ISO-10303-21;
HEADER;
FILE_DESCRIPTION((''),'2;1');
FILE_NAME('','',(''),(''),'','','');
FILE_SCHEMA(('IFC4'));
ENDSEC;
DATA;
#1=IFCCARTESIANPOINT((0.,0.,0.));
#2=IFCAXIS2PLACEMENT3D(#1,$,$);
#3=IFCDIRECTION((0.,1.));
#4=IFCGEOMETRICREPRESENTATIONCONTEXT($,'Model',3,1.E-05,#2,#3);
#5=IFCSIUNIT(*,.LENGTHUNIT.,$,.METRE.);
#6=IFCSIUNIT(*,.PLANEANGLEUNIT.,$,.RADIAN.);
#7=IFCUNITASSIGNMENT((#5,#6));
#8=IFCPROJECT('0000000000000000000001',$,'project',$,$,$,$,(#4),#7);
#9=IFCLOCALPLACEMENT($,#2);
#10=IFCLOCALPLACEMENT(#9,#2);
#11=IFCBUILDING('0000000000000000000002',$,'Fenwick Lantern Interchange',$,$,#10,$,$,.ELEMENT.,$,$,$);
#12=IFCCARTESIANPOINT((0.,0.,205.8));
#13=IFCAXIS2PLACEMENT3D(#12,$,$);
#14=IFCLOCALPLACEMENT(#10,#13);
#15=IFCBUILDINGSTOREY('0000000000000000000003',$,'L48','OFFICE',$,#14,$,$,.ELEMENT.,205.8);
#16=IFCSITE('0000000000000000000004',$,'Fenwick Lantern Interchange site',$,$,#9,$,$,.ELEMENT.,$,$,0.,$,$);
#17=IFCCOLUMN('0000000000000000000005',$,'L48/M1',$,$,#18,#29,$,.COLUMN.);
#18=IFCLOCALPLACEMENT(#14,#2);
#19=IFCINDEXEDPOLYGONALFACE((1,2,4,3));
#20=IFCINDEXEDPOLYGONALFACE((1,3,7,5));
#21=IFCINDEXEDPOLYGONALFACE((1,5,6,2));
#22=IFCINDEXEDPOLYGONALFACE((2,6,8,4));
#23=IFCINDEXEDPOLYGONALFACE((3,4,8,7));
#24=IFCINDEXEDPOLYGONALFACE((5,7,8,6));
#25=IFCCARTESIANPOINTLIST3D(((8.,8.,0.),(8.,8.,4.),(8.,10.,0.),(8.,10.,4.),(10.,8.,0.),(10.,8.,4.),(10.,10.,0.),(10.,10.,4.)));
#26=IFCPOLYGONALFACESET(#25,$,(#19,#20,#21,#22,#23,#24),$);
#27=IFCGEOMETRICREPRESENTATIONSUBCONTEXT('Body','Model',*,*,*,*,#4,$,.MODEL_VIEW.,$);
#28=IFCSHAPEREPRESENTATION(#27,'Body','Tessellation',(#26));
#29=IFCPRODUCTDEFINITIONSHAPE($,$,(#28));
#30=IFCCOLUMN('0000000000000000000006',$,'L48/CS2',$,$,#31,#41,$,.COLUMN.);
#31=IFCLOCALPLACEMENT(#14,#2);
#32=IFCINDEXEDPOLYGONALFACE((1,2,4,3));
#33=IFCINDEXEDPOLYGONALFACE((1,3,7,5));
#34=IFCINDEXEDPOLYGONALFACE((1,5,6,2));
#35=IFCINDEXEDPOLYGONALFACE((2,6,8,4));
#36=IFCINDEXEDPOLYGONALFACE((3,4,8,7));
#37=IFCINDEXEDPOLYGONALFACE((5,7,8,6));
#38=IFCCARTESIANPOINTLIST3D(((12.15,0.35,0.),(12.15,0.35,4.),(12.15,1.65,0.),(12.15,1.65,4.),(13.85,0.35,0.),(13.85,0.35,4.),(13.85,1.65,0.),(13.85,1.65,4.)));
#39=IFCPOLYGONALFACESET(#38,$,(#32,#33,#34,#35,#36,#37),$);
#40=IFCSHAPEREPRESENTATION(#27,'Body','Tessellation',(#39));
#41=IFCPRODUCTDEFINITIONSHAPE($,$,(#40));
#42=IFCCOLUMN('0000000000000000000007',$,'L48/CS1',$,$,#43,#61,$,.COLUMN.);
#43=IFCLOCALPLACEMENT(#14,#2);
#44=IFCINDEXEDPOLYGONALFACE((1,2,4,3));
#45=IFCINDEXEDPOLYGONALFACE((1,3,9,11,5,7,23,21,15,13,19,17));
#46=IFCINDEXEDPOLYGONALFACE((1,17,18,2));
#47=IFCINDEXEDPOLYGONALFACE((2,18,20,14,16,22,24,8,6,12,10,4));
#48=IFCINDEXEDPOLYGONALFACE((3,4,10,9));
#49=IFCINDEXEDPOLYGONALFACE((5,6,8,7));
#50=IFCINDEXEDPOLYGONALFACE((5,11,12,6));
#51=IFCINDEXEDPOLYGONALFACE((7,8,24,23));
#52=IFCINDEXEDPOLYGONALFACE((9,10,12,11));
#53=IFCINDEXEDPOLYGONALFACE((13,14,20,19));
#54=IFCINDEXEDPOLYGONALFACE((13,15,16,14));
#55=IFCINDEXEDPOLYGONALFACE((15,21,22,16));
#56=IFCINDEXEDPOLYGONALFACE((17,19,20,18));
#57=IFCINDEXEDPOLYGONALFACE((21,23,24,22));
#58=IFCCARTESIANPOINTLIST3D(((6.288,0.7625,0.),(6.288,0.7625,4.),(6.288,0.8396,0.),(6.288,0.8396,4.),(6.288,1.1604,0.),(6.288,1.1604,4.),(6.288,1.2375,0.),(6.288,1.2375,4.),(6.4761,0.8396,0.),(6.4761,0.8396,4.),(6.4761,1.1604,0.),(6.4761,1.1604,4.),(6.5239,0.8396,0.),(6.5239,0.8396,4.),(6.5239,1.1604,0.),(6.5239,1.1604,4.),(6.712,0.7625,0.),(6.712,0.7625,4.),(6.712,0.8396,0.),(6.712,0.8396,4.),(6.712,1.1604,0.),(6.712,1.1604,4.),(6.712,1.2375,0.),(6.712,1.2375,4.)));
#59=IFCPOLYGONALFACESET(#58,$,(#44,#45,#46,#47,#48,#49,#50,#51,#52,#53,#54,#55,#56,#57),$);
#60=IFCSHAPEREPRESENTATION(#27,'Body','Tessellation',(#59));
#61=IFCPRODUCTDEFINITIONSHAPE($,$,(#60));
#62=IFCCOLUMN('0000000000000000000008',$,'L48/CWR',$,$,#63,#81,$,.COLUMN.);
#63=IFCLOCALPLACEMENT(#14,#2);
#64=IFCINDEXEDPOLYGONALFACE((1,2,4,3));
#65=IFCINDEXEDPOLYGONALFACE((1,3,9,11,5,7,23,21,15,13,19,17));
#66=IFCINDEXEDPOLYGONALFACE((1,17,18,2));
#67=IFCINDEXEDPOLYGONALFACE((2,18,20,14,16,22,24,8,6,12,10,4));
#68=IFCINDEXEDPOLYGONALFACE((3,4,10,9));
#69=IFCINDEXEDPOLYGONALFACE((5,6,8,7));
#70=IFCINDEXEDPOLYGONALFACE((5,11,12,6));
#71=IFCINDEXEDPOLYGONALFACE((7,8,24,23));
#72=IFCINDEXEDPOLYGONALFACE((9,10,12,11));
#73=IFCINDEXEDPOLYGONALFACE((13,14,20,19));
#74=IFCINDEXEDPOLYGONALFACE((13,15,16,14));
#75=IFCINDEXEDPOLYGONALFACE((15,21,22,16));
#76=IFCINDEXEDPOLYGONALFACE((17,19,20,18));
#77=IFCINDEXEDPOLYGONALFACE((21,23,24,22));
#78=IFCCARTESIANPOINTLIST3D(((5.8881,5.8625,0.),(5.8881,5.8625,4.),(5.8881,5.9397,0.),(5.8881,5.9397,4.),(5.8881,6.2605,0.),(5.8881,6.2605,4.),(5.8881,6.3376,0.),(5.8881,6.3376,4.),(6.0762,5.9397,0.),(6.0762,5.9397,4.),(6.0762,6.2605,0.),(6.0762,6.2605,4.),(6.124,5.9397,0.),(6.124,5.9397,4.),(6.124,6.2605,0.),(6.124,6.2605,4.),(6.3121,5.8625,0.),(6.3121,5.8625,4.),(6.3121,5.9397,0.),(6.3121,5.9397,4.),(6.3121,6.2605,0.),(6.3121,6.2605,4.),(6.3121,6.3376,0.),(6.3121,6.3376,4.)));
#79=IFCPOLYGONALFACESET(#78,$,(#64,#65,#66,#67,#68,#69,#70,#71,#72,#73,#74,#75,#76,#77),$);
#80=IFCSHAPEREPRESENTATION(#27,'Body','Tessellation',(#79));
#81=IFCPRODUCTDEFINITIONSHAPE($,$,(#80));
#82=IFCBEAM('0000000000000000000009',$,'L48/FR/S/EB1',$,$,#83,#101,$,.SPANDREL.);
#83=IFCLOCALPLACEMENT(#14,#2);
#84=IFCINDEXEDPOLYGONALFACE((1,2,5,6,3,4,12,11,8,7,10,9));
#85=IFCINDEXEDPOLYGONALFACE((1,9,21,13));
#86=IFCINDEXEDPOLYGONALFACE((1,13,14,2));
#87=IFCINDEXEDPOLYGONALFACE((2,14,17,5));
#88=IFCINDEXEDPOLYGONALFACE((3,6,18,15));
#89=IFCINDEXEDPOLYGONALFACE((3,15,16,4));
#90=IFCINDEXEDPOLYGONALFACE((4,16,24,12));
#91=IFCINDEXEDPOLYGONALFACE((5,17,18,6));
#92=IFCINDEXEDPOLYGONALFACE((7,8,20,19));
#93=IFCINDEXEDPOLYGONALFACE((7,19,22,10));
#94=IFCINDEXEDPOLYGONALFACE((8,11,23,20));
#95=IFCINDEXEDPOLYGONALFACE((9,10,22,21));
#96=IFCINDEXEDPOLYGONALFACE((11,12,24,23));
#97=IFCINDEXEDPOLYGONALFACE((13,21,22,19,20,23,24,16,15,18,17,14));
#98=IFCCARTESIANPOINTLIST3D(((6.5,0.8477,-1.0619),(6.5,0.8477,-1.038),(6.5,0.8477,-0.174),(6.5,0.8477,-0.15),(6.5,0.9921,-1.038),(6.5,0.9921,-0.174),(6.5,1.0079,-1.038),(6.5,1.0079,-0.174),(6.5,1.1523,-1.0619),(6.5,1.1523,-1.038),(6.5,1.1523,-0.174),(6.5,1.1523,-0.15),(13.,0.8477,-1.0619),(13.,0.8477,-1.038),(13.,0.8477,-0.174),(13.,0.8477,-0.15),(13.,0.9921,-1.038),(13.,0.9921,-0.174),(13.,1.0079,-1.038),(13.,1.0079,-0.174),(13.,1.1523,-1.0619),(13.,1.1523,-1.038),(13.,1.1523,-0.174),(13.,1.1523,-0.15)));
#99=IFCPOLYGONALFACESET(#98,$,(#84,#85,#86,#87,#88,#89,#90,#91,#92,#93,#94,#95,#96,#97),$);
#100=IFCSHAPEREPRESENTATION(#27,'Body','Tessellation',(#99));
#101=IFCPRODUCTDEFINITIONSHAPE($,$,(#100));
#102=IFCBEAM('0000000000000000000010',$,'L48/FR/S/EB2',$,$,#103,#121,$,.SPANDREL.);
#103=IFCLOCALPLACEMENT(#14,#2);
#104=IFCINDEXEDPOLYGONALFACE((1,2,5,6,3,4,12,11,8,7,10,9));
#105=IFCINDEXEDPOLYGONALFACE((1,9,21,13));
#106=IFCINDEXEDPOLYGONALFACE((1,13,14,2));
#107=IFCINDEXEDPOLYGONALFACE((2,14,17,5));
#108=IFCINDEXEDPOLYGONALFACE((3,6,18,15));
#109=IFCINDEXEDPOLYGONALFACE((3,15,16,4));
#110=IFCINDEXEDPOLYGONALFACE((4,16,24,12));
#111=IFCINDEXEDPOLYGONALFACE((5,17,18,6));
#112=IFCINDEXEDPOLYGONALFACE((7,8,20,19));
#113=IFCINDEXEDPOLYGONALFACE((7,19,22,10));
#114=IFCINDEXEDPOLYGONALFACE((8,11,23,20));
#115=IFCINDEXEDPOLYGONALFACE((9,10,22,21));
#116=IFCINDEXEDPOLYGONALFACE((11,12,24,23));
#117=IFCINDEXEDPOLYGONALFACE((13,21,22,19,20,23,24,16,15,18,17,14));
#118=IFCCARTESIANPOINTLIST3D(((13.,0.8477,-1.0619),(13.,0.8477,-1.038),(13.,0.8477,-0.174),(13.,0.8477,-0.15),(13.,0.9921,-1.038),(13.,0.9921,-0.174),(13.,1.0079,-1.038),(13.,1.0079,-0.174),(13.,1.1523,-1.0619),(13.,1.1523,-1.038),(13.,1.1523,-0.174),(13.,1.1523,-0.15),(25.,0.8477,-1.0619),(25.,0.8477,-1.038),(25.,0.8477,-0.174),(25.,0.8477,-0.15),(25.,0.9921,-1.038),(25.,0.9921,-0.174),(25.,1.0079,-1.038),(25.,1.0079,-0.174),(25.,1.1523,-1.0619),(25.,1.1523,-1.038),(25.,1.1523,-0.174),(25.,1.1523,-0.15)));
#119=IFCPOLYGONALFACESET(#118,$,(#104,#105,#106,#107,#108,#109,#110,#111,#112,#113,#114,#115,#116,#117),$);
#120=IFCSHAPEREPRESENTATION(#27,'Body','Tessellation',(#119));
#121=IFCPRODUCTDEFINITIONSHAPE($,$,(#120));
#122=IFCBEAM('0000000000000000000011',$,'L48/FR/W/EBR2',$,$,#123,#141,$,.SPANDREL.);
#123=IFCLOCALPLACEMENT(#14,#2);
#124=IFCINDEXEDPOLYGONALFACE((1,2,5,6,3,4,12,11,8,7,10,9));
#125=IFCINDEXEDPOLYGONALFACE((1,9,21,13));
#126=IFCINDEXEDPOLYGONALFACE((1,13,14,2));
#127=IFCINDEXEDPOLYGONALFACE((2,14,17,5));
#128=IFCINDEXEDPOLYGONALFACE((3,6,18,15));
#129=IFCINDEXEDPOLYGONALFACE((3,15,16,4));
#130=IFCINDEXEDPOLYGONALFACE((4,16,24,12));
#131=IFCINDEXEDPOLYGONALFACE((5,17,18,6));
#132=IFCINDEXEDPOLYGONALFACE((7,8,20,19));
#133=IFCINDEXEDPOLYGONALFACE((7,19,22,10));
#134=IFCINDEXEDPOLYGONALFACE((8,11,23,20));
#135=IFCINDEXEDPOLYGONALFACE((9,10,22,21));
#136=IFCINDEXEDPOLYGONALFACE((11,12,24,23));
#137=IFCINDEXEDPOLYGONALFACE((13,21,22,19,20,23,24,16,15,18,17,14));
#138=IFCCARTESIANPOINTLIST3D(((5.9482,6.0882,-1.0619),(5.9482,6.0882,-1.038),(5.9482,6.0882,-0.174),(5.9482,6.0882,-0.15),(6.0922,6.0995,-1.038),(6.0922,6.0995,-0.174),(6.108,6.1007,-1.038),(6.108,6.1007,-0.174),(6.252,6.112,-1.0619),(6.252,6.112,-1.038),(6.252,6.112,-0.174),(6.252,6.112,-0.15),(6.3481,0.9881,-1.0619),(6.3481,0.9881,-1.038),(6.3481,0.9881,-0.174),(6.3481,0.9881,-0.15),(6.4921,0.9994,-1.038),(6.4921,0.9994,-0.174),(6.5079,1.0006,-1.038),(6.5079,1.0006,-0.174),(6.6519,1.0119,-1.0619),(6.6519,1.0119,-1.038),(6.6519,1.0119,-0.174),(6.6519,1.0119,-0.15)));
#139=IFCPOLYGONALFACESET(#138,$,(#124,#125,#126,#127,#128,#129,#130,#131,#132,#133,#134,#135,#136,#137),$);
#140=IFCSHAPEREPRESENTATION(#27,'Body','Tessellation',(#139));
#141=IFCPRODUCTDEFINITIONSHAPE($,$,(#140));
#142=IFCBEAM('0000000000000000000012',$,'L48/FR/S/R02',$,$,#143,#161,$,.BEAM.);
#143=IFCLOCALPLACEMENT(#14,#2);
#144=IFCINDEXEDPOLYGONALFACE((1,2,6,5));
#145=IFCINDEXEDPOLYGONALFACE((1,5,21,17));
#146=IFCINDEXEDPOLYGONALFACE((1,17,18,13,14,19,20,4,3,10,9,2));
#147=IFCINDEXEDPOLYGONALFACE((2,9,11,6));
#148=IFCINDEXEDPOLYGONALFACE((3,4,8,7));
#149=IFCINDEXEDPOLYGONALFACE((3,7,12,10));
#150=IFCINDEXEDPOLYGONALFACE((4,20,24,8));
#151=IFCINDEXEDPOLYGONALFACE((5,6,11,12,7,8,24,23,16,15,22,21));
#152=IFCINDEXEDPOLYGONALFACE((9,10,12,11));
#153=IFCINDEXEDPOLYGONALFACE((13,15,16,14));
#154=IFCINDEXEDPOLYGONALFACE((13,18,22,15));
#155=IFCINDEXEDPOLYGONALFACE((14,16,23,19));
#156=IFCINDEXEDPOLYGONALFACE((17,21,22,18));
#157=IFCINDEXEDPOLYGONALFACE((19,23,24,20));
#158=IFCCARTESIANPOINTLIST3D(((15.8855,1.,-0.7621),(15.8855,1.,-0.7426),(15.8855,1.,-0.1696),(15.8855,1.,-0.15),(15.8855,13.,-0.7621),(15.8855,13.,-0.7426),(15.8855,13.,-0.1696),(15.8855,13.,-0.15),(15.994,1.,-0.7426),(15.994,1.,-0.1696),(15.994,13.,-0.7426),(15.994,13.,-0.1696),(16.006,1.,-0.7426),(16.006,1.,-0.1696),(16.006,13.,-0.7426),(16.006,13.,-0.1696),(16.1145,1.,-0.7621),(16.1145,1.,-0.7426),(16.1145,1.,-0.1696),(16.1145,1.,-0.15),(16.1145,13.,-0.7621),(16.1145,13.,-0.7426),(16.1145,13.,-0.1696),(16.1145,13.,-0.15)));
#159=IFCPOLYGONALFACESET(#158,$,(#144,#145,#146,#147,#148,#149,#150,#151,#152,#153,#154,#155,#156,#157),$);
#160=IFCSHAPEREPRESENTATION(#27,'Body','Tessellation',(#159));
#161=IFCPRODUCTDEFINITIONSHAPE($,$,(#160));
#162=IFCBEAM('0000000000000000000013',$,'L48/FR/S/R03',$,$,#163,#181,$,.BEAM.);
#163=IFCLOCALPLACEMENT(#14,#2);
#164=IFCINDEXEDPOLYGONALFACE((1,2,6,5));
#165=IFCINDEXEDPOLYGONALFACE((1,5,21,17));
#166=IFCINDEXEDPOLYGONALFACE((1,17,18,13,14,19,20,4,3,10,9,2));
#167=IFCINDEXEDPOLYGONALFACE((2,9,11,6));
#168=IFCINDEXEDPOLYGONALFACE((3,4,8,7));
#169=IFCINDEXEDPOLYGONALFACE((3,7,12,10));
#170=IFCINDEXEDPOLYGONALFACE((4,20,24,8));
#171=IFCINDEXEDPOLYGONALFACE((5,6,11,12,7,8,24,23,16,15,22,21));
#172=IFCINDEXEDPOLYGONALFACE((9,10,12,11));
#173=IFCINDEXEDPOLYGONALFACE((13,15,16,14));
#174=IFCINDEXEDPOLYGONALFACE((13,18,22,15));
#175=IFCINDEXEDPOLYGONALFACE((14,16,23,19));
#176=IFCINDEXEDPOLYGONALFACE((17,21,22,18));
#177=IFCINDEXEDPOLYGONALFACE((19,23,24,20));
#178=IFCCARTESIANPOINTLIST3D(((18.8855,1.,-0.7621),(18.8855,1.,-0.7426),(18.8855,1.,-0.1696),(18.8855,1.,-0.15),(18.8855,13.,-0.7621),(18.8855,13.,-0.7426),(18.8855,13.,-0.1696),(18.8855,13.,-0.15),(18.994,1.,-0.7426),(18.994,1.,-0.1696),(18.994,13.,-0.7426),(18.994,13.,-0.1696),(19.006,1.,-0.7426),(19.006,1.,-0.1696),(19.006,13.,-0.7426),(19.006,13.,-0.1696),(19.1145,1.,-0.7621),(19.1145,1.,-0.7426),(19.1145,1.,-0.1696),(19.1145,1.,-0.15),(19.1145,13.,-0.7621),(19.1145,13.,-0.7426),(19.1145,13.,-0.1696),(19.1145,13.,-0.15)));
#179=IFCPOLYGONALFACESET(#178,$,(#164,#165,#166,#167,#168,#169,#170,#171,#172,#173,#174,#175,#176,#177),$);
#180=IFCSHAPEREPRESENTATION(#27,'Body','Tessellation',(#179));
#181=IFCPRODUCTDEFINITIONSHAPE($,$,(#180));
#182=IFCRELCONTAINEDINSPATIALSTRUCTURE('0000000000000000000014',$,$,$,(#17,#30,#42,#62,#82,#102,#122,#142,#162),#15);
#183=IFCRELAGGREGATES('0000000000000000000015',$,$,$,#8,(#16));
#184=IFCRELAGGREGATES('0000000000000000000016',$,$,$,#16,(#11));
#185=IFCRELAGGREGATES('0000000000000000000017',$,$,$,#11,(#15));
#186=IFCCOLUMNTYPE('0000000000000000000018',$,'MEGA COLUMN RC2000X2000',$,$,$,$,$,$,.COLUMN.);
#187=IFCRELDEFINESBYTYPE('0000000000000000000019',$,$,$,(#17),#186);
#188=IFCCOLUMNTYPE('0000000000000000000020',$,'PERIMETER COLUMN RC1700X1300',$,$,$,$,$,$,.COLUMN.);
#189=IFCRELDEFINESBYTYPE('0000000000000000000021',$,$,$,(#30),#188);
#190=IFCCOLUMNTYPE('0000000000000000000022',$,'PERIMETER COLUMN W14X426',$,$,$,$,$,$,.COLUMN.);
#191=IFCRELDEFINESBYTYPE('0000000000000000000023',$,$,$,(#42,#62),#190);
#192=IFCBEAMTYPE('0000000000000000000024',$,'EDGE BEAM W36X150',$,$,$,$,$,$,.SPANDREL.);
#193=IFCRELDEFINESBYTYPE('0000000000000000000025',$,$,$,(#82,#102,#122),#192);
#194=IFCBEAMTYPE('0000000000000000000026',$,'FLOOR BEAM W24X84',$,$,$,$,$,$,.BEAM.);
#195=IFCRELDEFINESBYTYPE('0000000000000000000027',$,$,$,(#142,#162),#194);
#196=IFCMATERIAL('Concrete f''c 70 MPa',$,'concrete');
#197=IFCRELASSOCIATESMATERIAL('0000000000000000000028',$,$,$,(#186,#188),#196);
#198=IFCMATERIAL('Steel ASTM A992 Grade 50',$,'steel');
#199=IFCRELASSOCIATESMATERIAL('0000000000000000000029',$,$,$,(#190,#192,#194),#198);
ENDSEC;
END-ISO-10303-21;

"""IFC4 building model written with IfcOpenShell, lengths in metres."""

from ifc_helpers import new_model, si_unit, direction, frame, origin, origin_2d, place, context, subcontext, project, spatial, rectangle, i_section, extrude, material, material_profile, profile_set, type_object, element, save


model = new_model("IFC4")

# Units and contexts
model_context = context("Model", 3, precision=1e-05, world=origin(), true_north=direction((0.0, 1.0)))
body_context = subcontext(model_context, "Body", "Model", "MODEL_VIEW")
ifc_project = project(units=[si_unit("LENGTHUNIT", "METRE"), si_unit("PLANEANGLEUNIT", "RADIAN")], contexts=[model_context])

# Site, building, storey
site_placement = place(None, origin())
site = spatial("IfcSite", under=ifc_project, at=site_placement, Name="Fenwick Lantern Interchange site", CompositionType="ELEMENT", RefElevation=0.0)
building_placement = place(site_placement, origin())
building = spatial("IfcBuilding", under=site, at=building_placement, Name="Fenwick Lantern Interchange", CompositionType="ELEMENT")
storey_placement = place(building_placement, frame((0.0, 0.0, 205.8)))
storey = spatial("IfcBuildingStorey", under=building, at=storey_placement, Name="L48", Description="OFFICE", CompositionType="ELEMENT", Elevation=205.8)

# Columns
ifc_material_1 = material(Name="Concrete f'c 70 MPa", Category="concrete")
ifc_material_profile_1 = material_profile(ifc_material_1, rectangle(XDim=2.0, YDim=2.0, at=origin_2d()), Name="RC2000X2000")
ifc_profile_set_1 = profile_set([ifc_material_profile_1], Name="Concrete f'c 70 MPa")
column_type_1 = type_object("IfcColumnType", Name="MEGA COLUMN RC2000X2000", PredefinedType="COLUMN", material=ifc_profile_set_1)
column_1_placement = place(storey_placement, frame((9.0, 9.0, 0.0), z_axis=(0.0, 0.0, 1.0), x_axis=(1.0, 0.0, 0.0)))
element("IfcColumn", 1, at=column_1_placement, inside=storey, type_object=column_type_1, Name="L48/M1", PredefinedType="COLUMN", context=body_context, shape_type="SweptSolid", body=[
    extrude(rectangle(XDim=2.0, YDim=2.0, at=origin_2d()), origin(), (0.0, 0.0, 1.0), 4.0),
])
ifc_material_profile_2 = material_profile(ifc_material_1, rectangle(XDim=1.7, YDim=1.3, at=origin_2d()), Name="RC1700X1300")
ifc_profile_set_2 = profile_set([ifc_material_profile_2], Name="Concrete f'c 70 MPa")
column_type_2 = type_object("IfcColumnType", Name="PERIMETER COLUMN RC1700X1300", PredefinedType="COLUMN", material=ifc_profile_set_2)
column_2_placement = place(storey_placement, frame((13.0, 1.0, 0.0), z_axis=(0.0, 0.0, 1.0), x_axis=(1.0, 0.0, 0.0)))
element("IfcColumn", 2, at=column_2_placement, inside=storey, type_object=column_type_2, Name="L48/CS2", PredefinedType="COLUMN", context=body_context, shape_type="SweptSolid", body=[
    extrude(rectangle(XDim=1.7, YDim=1.3, at=origin_2d()), origin(), (0.0, 0.0, 1.0), 4.0),
])
ifc_material_2 = material(Name="Steel ASTM A992 Grade 50", Category="steel")
ifc_material_profile_3 = material_profile(ifc_material_2, i_section(OverallWidth=0.4241, OverallDepth=0.4751, WebThickness=0.0479, FlangeThickness=0.0771, at=origin_2d()), Name="W14X426")
ifc_profile_set_3 = profile_set([ifc_material_profile_3], Name="Steel ASTM A992 Grade 50")
column_type_3 = type_object("IfcColumnType", Name="PERIMETER COLUMN W14X426", PredefinedType="COLUMN", material=ifc_profile_set_3)
for number, where, z_axis, x_axis, name in (
    (3, (6.5, 1.0, 0.0), (0.0, 0.0, 1.0), (1.0, 0.0, 0.0), "L48/CS1"),
    (4, (6.1001, 6.1001, 0.0), (0.0, 0.0, 1.0), (1.0, 0.0, 0.0), "L48/CWR"),
):
    element("IfcColumn", number, at=place(storey_placement, frame(where, z_axis=z_axis, x_axis=x_axis)), inside=storey, type_object=column_type_3, Name=name, PredefinedType="COLUMN", context=body_context, shape_type="SweptSolid", body=[
        extrude(i_section(OverallWidth=0.4241, OverallDepth=0.4751, WebThickness=0.0479, FlangeThickness=0.0771, at=origin_2d()), origin(), (0.0, 0.0, 1.0), 4.0),
    ])

# Beams
ifc_material_profile_4 = material_profile(ifc_material_2, i_section(OverallWidth=0.3047, OverallDepth=0.9119, WebThickness=0.0159, FlangeThickness=0.0239, at=origin_2d()), Name="W36X150")
ifc_profile_set_4 = profile_set([ifc_material_profile_4], Name="Steel ASTM A992 Grade 50")
beam_type_1 = type_object("IfcBeamType", Name="EDGE BEAM W36X150", PredefinedType="SPANDREL", material=ifc_profile_set_4)
beam_1_placement = place(storey_placement, frame((6.5, 1.0, -0.606), z_axis=(1.0, 0.0, 0.0), x_axis=(0.0, 1.0, 0.0)))
element("IfcBeam", 5, at=beam_1_placement, inside=storey, type_object=beam_type_1, Name="L48/FR/S/EB1", PredefinedType="SPANDREL", context=body_context, shape_type="SweptSolid", body=[
    extrude(i_section(OverallWidth=0.3047, OverallDepth=0.9119, WebThickness=0.0159, FlangeThickness=0.0239, at=origin_2d()), origin(), (0.0, 0.0, 1.0), 6.5),
])
beam_2_placement = place(storey_placement, frame((13.0, 1.0, -0.606), z_axis=(1.0, 0.0, 0.0), x_axis=(0.0, 1.0, 0.0)))
element("IfcBeam", 6, at=beam_2_placement, inside=storey, type_object=beam_type_1, Name="L48/FR/S/EB2", PredefinedType="SPANDREL", context=body_context, shape_type="SweptSolid", body=[
    extrude(i_section(OverallWidth=0.3047, OverallDepth=0.9119, WebThickness=0.0159, FlangeThickness=0.0239, at=origin_2d()), origin(), (0.0, 0.0, 1.0), 12.0),
])
beam_3_placement = place(storey_placement, frame((6.1001, 6.1001, -0.606), z_axis=(0.078171, -0.99694, 0.0), x_axis=(0.99694, 0.078171, 0.0)))
element("IfcBeam", 7, at=beam_3_placement, inside=storey, type_object=beam_type_1, Name="L48/FR/W/EBR2", PredefinedType="SPANDREL", context=body_context, shape_type="SweptSolid", body=[
    extrude(i_section(OverallWidth=0.3047, OverallDepth=0.9119, WebThickness=0.0159, FlangeThickness=0.0239, at=origin_2d()), origin(), (0.0, 0.0, 1.0), 5.1157),
])
ifc_material_profile_5 = material_profile(ifc_material_2, i_section(OverallWidth=0.229, OverallDepth=0.6121, WebThickness=0.012, FlangeThickness=0.0195, at=origin_2d()), Name="W24X84")
ifc_profile_set_5 = profile_set([ifc_material_profile_5], Name="Steel ASTM A992 Grade 50")
beam_type_2 = type_object("IfcBeamType", Name="FLOOR BEAM W24X84", PredefinedType="BEAM", material=ifc_profile_set_5)
for number, where, z_axis, x_axis, name in (
    (8, (16.0, 1.0, -0.4561), (0.0, 1.0, 0.0), (-1.0, 0.0, 0.0), "L48/FR/S/R02"),
    (9, (19.0, 1.0, -0.4561), (0.0, 1.0, 0.0), (-1.0, 0.0, 0.0), "L48/FR/S/R03"),
):
    element("IfcBeam", number, at=place(storey_placement, frame(where, z_axis=z_axis, x_axis=x_axis)), inside=storey, type_object=beam_type_2, Name=name, PredefinedType="BEAM", context=body_context, shape_type="SweptSolid", body=[
        extrude(i_section(OverallWidth=0.229, OverallDepth=0.6121, WebThickness=0.012, FlangeThickness=0.0195, at=origin_2d()), origin(), (0.0, 0.0, 1.0), 12.0),
    ])

save(model, "model.ifc")
